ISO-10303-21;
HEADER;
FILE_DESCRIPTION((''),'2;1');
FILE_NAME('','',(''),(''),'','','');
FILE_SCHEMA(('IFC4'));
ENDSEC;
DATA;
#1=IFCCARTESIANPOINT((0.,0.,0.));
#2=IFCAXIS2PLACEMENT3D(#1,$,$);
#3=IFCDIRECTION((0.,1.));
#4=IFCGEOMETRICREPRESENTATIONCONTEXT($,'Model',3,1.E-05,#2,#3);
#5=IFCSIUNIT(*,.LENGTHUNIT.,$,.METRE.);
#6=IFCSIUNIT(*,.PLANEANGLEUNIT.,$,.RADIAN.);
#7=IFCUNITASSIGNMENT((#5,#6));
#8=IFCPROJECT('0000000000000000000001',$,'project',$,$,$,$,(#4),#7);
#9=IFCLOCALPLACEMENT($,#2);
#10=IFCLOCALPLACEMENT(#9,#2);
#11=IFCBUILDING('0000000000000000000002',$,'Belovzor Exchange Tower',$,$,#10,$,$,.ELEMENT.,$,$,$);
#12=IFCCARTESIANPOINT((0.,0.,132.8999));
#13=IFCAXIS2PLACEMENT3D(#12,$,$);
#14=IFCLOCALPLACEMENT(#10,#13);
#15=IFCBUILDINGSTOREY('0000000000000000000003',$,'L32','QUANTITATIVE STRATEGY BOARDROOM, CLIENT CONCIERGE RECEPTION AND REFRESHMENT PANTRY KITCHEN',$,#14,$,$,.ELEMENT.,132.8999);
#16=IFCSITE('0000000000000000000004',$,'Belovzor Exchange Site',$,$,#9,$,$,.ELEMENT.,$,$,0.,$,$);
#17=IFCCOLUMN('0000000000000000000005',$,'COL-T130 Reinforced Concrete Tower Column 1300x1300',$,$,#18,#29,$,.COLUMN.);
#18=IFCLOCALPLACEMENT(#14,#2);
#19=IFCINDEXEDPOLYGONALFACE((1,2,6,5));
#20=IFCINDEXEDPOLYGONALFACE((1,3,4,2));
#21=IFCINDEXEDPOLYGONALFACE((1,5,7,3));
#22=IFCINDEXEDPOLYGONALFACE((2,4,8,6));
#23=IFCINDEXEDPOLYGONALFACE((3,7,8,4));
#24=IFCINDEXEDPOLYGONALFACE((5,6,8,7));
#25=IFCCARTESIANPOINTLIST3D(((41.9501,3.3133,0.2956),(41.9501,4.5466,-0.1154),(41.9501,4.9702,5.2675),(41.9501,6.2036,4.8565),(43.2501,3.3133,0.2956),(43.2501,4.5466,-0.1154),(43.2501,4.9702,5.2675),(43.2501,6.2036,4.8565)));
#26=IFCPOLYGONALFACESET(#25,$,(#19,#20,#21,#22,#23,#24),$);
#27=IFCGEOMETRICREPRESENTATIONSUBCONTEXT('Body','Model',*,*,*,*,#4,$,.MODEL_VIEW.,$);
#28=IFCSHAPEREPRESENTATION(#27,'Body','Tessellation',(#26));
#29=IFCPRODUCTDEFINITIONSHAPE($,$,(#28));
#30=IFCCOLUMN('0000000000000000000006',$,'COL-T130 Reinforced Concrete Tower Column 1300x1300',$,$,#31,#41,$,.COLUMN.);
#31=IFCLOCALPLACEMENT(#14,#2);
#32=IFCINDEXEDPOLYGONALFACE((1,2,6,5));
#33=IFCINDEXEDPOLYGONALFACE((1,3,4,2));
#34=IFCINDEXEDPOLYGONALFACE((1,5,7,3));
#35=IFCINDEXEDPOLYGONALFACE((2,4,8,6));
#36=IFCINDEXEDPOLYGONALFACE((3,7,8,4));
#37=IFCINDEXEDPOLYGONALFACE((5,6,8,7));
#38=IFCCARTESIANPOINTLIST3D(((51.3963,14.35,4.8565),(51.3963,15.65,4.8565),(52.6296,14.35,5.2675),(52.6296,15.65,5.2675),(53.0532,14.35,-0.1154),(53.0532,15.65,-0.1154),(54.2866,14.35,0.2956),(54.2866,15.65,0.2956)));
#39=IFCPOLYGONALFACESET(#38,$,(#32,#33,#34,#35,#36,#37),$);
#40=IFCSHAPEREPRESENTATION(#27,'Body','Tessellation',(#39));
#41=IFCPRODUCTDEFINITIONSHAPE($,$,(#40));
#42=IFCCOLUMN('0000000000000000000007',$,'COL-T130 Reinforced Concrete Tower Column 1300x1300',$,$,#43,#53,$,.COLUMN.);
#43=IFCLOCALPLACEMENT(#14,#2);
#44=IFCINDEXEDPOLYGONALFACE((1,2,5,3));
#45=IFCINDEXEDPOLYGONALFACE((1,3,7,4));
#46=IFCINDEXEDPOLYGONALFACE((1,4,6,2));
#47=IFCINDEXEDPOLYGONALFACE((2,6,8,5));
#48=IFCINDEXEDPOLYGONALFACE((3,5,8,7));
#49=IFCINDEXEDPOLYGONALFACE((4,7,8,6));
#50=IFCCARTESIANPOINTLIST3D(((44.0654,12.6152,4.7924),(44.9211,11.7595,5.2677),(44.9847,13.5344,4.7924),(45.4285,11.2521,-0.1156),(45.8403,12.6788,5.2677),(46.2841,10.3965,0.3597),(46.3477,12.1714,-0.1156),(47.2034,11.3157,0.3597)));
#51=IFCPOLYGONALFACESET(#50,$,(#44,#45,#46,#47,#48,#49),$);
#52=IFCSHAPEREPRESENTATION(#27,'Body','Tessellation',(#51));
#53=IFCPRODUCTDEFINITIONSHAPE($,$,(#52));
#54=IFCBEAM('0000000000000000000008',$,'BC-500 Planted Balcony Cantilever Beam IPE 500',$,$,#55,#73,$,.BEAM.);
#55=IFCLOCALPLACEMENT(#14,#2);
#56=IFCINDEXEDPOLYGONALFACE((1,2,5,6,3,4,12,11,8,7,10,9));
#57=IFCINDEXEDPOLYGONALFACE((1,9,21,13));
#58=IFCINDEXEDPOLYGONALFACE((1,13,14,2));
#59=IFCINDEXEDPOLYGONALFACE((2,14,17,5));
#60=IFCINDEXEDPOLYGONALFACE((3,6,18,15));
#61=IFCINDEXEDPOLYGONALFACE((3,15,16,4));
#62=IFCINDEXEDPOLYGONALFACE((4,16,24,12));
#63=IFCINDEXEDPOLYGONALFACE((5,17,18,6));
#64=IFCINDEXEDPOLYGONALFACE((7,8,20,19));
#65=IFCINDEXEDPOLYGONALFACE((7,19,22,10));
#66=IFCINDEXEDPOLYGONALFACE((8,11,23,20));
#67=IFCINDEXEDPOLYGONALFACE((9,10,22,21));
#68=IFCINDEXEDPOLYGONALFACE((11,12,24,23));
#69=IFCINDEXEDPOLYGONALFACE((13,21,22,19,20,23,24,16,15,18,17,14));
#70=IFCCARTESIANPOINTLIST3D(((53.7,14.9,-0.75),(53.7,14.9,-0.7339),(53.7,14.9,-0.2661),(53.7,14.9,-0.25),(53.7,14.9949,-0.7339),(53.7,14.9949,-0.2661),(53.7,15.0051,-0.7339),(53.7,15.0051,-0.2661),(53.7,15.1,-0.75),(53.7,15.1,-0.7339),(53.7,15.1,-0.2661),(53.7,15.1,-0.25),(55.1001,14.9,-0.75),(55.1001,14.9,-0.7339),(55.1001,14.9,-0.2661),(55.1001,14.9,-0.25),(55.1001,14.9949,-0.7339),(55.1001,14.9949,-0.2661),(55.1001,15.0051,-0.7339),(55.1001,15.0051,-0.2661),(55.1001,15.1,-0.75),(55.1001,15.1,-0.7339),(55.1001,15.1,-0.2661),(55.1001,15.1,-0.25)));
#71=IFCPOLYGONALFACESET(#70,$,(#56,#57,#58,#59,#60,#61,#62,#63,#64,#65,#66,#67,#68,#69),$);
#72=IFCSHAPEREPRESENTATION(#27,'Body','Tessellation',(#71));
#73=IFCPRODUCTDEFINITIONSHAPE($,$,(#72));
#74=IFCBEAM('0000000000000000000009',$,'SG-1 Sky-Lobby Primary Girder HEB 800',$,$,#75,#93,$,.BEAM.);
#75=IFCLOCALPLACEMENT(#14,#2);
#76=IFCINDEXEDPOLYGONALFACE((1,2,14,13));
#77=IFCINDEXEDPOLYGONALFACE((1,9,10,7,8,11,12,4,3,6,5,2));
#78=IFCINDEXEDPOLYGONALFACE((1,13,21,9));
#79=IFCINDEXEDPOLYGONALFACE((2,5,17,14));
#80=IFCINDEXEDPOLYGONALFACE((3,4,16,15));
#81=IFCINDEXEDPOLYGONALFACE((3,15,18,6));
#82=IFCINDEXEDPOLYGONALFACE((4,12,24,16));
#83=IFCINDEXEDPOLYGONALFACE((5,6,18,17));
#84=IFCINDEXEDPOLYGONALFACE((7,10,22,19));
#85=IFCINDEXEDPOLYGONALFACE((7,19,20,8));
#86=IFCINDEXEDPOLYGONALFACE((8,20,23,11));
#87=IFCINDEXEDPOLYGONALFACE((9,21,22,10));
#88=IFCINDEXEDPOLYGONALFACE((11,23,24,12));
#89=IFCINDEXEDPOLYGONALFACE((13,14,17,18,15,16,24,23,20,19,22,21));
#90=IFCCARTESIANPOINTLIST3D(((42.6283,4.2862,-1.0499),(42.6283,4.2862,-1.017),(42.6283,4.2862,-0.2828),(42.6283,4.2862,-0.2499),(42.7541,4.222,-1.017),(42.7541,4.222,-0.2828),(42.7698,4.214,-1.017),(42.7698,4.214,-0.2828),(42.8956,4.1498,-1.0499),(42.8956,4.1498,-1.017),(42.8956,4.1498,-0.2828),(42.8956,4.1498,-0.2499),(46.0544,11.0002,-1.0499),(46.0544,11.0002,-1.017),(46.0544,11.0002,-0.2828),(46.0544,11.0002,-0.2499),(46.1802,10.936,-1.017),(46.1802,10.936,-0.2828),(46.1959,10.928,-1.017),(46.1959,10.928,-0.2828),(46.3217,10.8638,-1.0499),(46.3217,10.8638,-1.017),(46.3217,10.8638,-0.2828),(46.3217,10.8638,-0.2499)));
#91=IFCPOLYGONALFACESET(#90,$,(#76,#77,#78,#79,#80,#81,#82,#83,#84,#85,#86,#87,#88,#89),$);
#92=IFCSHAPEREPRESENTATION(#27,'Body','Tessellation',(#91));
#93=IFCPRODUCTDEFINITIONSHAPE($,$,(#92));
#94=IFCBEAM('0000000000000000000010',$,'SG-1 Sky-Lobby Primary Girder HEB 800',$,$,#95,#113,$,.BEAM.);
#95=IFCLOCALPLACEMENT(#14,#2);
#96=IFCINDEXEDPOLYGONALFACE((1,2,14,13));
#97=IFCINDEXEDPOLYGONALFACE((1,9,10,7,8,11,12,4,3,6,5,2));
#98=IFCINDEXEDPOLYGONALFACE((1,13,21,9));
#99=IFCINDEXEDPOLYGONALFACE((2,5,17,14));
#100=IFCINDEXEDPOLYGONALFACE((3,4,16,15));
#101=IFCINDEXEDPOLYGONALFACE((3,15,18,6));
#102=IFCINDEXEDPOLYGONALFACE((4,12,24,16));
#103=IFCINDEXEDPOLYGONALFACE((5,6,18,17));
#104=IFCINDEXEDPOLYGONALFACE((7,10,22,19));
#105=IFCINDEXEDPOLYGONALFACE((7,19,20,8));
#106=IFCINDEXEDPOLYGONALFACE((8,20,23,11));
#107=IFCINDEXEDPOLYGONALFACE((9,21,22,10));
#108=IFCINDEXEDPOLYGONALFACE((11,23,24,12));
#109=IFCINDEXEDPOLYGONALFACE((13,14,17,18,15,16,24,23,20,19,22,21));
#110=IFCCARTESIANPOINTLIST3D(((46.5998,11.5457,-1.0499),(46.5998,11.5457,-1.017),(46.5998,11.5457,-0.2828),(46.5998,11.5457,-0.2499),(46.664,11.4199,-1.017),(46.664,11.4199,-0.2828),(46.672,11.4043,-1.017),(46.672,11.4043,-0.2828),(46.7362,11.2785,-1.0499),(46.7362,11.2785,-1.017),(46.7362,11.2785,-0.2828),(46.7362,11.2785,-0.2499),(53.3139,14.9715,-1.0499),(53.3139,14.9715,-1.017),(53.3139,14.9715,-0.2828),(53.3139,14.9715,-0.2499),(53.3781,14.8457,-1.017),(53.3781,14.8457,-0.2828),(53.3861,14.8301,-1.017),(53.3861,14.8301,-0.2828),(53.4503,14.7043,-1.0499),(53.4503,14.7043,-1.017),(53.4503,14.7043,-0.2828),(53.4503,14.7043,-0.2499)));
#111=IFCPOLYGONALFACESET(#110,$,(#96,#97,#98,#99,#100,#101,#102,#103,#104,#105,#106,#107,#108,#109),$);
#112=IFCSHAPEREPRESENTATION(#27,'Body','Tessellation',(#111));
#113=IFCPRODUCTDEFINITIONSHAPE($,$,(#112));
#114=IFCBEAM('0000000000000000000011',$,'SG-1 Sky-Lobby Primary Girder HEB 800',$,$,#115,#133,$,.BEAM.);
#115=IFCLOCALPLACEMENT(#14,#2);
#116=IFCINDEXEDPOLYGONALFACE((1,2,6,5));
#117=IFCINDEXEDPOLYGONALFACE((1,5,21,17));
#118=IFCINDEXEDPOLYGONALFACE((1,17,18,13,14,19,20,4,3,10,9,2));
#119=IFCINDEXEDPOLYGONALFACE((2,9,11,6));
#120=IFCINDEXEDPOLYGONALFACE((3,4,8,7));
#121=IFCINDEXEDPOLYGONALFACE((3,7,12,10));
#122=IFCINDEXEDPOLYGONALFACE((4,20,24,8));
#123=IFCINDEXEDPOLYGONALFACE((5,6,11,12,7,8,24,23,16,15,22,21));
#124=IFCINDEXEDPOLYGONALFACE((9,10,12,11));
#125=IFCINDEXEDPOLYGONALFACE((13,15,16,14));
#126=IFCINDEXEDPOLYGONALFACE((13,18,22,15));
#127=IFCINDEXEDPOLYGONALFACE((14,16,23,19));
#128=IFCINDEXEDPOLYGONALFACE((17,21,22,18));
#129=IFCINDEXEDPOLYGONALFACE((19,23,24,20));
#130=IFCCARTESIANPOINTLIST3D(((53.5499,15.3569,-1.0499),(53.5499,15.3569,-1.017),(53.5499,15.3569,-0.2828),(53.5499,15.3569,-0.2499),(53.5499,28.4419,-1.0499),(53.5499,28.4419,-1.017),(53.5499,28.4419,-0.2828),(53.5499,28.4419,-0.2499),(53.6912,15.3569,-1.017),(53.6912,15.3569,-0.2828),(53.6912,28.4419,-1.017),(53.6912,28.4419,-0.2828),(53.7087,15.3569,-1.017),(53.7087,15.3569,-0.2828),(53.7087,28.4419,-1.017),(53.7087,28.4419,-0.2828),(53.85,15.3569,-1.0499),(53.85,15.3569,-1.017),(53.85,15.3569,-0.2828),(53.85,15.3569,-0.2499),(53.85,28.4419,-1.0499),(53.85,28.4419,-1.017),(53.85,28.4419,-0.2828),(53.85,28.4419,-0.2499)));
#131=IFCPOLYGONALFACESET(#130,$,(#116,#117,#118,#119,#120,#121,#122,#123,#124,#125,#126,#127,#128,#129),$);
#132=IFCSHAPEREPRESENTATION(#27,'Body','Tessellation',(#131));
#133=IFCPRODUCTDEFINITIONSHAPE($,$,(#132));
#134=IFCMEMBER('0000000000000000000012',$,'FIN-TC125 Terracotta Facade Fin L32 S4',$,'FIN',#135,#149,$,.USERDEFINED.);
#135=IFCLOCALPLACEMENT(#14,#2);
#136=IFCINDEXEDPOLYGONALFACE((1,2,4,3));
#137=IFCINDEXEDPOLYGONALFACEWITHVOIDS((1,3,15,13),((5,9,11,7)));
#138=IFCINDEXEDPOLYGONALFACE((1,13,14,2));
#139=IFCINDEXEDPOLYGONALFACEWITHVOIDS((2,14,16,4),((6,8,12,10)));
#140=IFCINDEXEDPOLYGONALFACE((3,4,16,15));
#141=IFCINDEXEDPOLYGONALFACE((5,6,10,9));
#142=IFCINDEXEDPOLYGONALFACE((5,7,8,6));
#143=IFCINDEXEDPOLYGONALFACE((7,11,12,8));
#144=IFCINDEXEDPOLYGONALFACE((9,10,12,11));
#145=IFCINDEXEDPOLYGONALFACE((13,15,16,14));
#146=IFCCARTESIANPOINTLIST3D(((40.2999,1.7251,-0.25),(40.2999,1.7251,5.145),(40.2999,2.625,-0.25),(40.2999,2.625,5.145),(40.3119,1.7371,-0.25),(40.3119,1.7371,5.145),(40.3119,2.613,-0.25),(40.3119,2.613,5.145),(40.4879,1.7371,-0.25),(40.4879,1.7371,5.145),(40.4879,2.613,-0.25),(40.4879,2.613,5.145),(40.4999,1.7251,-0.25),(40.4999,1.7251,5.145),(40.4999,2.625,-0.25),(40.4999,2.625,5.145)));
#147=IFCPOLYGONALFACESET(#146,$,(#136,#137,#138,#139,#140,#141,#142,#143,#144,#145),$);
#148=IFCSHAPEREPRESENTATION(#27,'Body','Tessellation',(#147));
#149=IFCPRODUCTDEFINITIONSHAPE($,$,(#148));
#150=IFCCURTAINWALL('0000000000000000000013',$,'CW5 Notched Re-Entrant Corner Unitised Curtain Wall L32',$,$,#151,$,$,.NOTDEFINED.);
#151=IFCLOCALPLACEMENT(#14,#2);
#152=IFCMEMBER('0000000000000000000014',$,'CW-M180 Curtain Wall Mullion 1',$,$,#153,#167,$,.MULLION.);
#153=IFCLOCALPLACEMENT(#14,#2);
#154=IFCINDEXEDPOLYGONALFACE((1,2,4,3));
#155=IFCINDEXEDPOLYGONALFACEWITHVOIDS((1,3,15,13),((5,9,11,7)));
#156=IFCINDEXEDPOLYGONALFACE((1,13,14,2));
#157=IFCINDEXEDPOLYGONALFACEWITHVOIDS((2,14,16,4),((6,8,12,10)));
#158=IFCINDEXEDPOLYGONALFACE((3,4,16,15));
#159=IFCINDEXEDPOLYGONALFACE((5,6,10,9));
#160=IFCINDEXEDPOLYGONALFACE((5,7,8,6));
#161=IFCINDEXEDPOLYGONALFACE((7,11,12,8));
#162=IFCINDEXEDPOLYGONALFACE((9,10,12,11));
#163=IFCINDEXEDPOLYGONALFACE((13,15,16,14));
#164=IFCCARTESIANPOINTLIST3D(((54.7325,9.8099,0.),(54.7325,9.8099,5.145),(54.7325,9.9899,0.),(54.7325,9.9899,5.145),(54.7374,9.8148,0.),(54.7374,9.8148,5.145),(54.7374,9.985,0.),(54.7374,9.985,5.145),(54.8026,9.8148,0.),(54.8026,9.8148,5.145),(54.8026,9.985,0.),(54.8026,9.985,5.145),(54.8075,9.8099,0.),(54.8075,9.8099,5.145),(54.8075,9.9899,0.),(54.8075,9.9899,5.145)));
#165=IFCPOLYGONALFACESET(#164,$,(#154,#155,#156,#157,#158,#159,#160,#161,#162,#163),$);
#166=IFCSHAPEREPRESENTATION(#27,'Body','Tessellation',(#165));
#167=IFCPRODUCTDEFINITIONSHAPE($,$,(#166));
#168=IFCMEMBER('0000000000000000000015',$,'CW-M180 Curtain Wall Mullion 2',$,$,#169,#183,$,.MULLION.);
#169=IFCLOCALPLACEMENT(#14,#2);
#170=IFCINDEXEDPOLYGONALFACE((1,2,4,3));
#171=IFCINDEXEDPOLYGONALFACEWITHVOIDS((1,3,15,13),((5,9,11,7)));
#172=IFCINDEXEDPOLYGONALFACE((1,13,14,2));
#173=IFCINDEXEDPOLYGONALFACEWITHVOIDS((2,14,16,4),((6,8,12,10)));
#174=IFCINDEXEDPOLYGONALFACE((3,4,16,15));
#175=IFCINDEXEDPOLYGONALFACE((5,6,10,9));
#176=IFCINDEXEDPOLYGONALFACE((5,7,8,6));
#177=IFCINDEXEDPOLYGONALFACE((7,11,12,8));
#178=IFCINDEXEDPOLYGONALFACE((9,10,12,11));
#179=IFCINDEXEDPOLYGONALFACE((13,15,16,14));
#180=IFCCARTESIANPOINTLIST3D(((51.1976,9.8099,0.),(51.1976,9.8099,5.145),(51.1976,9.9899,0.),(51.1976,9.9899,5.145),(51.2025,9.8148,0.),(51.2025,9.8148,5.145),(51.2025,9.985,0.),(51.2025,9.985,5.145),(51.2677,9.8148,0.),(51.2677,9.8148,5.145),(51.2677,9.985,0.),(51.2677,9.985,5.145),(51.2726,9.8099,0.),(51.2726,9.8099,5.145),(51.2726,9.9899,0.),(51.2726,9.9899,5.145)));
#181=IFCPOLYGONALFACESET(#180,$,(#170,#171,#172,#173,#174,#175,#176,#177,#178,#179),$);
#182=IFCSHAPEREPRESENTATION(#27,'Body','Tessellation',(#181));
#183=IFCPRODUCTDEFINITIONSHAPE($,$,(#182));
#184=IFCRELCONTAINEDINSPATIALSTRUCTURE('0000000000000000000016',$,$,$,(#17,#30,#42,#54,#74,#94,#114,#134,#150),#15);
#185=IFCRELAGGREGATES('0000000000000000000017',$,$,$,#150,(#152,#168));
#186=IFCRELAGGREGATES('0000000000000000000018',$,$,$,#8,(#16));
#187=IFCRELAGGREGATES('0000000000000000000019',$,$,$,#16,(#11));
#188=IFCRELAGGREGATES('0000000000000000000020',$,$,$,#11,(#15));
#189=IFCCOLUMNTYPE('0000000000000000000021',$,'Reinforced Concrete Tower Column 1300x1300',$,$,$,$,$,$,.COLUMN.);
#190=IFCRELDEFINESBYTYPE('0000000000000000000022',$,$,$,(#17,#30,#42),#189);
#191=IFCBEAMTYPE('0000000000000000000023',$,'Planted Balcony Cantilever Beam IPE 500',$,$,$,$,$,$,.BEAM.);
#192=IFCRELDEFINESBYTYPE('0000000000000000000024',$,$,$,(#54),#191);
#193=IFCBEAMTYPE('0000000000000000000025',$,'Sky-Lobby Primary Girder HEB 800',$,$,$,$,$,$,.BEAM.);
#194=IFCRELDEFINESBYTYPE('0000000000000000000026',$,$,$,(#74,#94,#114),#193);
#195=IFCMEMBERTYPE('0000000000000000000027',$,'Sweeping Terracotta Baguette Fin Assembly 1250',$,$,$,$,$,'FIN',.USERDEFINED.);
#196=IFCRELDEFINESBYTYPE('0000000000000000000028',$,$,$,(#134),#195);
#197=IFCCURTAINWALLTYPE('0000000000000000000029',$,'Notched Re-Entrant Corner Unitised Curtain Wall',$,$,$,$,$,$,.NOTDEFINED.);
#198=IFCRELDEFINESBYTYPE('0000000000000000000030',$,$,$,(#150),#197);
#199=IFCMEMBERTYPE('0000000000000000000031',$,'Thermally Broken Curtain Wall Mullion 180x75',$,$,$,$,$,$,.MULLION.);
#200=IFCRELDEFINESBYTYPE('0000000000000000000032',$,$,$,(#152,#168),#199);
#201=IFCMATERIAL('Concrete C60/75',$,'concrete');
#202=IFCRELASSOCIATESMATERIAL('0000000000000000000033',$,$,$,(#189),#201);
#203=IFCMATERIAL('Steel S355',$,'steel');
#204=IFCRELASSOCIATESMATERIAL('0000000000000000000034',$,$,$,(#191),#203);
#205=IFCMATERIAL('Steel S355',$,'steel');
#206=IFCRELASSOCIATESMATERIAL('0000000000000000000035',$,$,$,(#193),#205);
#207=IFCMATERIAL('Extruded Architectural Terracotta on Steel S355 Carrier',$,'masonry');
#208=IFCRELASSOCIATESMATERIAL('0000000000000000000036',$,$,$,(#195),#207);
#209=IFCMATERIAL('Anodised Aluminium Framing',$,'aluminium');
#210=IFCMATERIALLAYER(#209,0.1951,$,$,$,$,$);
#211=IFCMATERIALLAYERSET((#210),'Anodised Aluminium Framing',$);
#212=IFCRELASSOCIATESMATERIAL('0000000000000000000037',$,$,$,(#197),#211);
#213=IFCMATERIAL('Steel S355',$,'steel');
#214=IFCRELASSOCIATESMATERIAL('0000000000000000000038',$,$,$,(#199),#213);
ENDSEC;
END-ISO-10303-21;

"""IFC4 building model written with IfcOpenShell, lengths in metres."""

from ifc_helpers import new_model, si_unit, direction, frame, origin, origin_2d, place, context, subcontext, project, spatial, rectangle, hollow_rectangle, i_section, extrude, material, layer, layer_set, material_profile, profile_set, type_object, element, aggregate, save


model = new_model("IFC4")

# Units and contexts
model_context = context("Model", 3, precision=1e-05, world=origin(), true_north=direction((0.0, 1.0)))
body_context = subcontext(model_context, "Body", "Model", "MODEL_VIEW")
ifc_project = project(units=[si_unit("LENGTHUNIT", "METRE"), si_unit("PLANEANGLEUNIT", "RADIAN")], contexts=[model_context])

# Site, building, storey
site_placement = place(None, origin())
site = spatial("IfcSite", under=ifc_project, at=site_placement, Name="Belovzor Exchange Site", CompositionType="ELEMENT", RefElevation=0.0)
building_placement = place(site_placement, origin())
building = spatial("IfcBuilding", under=site, at=building_placement, Name="Belovzor Exchange Tower", CompositionType="ELEMENT")
storey_placement = place(building_placement, frame((0.0, 0.0, 132.8999)))
storey = spatial("IfcBuildingStorey", under=building, at=storey_placement, Name="L32", Description="QUANTITATIVE STRATEGY BOARDROOM, CLIENT CONCIERGE RECEPTION AND REFRESHMENT PANTRY KITCHEN", CompositionType="ELEMENT", Elevation=132.8999)

# Columns
ifc_material_1 = material(Name="Concrete C60/75", Category="concrete")
ifc_material_profile_1 = material_profile(ifc_material_1, rectangle(XDim=1.3, YDim=1.3, at=origin_2d()))
ifc_profile_set_1 = profile_set([ifc_material_profile_1], Name="Concrete C60/75")
column_type = type_object("IfcColumnType", Name="Reinforced Concrete Tower Column 1300x1300", PredefinedType="COLUMN", material=ifc_profile_set_1)
for number, where, z_axis, x_axis, name in (
    (1, (42.6001, 3.9299, 0.0901), (0.0, 0.316172, 0.948702), (-1.0, 0.0, 0.0), "COL-T130 Reinforced Concrete Tower Column 1300x1300"),
    (2, (53.6699, 15.0, 0.0901), (-0.316172, 0.0, 0.948702), (0.0, -1.0, 0.0), "COL-T130 Reinforced Concrete Tower Column 1300x1300"),
):
    element("IfcColumn", number, at=place(storey_placement, frame(where, z_axis=z_axis, x_axis=x_axis)), inside=storey, type_object=column_type, Name=name, PredefinedType="COLUMN", context=body_context, shape_type="SweptSolid", body=[
        extrude(rectangle(XDim=1.3, YDim=1.3, at=origin_2d()), origin(), (0.0, 0.0, 1.0), 5.2407),
    ])
column_placement = place(storey_placement, frame((46.3159, 11.2839, 0.1221), z_axis=(-0.258497, 0.258497, 0.930784), x_axis=(-0.707107, -0.707107, 0.0)))
element("IfcColumn", 3, at=column_placement, inside=storey, type_object=column_type, Name="COL-T130 Reinforced Concrete Tower Column 1300x1300", PredefinedType="COLUMN", context=body_context, shape_type="SweptSolid", body=[
    extrude(rectangle(XDim=1.3, YDim=1.3, at=origin_2d()), origin(), (0.0, 0.0, 1.0), 5.2729),
])

# Beams
ifc_material_2 = material(Name="Steel S355", Category="steel")
ifc_material_profile_2 = material_profile(ifc_material_2, i_section(OverallWidth=0.2, OverallDepth=0.5, WebThickness=0.0103, FlangeThickness=0.0161, at=origin_2d()))
ifc_profile_set_2 = profile_set([ifc_material_profile_2], Name="Steel S355")
beam_type_1 = type_object("IfcBeamType", Name="Planted Balcony Cantilever Beam IPE 500", PredefinedType="BEAM", material=ifc_profile_set_2)
beam_1_placement = place(storey_placement, frame((53.7, 15.0, -0.5), z_axis=(1.0, 0.0, 0.0), x_axis=(0.0, 1.0, 0.0)))
element("IfcBeam", 4, at=beam_1_placement, inside=storey, type_object=beam_type_1, Name="BC-500 Planted Balcony Cantilever Beam IPE 500", PredefinedType="BEAM", context=body_context, shape_type="SweptSolid", body=[
    extrude(i_section(OverallWidth=0.2, OverallDepth=0.5, WebThickness=0.0103, FlangeThickness=0.0161, at=origin_2d()), origin(), (0.0, 0.0, 1.0), 1.4001),
])
ifc_material_3 = material(Name="Steel S355", Category="steel")
ifc_material_profile_3 = material_profile(ifc_material_3, i_section(OverallWidth=0.3, OverallDepth=0.8, WebThickness=0.0176, FlangeThickness=0.033, at=origin_2d()))
ifc_profile_set_3 = profile_set([ifc_material_profile_3], Name="Steel S355")
beam_type_2 = type_object("IfcBeamType", Name="Sky-Lobby Primary Girder HEB 800", PredefinedType="BEAM", material=ifc_profile_set_3)
for number, where, z_axis, x_axis, name in (
    (5, (42.762, 4.218, -0.6499), (0.454532, 0.890731, 0.0), (-0.890731, 0.454532, 0.0), "SG-1 Sky-Lobby Primary Girder HEB 800"),
    (6, (46.668, 11.4121, -0.6499), (0.89075, 0.454493, 0.0), (-0.454493, 0.89075, 0.0), "SG-1 Sky-Lobby Primary Girder HEB 800"),
):
    element("IfcBeam", number, at=place(storey_placement, frame(where, z_axis=z_axis, x_axis=x_axis)), inside=storey, type_object=beam_type_2, Name=name, PredefinedType="BEAM", context=body_context, shape_type="SweptSolid", body=[
        extrude(i_section(OverallWidth=0.3, OverallDepth=0.8, WebThickness=0.0176, FlangeThickness=0.033, at=origin_2d()), origin(), (0.0, 0.0, 1.0), 7.5376),
    ])
beam_2_placement = place(storey_placement, frame((53.7, 15.3569, -0.6499), z_axis=(0.0, 1.0, 0.0), x_axis=(-1.0, 0.0, 0.0)))
element("IfcBeam", 7, at=beam_2_placement, inside=storey, type_object=beam_type_2, Name="SG-1 Sky-Lobby Primary Girder HEB 800", PredefinedType="BEAM", context=body_context, shape_type="SweptSolid", body=[
    extrude(i_section(OverallWidth=0.3, OverallDepth=0.8, WebThickness=0.0176, FlangeThickness=0.033, at=origin_2d()), origin(), (0.0, 0.0, 1.0), 13.085),
])

# Member
ifc_material_4 = material(Name="Extruded Architectural Terracotta on Steel S355 Carrier", Category="masonry")
ifc_material_profile_4 = material_profile(ifc_material_4, hollow_rectangle(XDim=0.2, YDim=0.8999, WallThickness=0.012, at=origin_2d()))
ifc_profile_set_4 = profile_set([ifc_material_profile_4], Name="Extruded Architectural Terracotta on Steel S355 Carrier")
member_type_1 = type_object("IfcMemberType", Name="Sweeping Terracotta Baguette Fin Assembly 1250", ElementType="FIN", PredefinedType="USERDEFINED", material=ifc_profile_set_4)
member_1_placement = place(storey_placement, frame((40.3999, 2.175, -0.25), z_axis=(0.0, 0.0, 1.0), x_axis=(1.0, 0.0, 0.0)))
element("IfcMember", 8, at=member_1_placement, inside=storey, type_object=member_type_1, Name="FIN-TC125 Terracotta Facade Fin L32 S4", ObjectType="FIN", PredefinedType="USERDEFINED", context=body_context, shape_type="SweptSolid", body=[
    extrude(hollow_rectangle(XDim=0.2, YDim=0.8999, WallThickness=0.012, at=origin_2d()), origin(), (0.0, 0.0, 1.0), 5.395),
])

# Curtain wall, members
ifc_material_5 = material(Name="Anodised Aluminium Framing", Category="aluminium")
ifc_layer_1 = layer(ifc_material_5, 0.1951)
ifc_layer_set_1 = layer_set([ifc_layer_1], Name="Anodised Aluminium Framing")
curtain_wall_type = type_object("IfcCurtainWallType", Name="Notched Re-Entrant Corner Unitised Curtain Wall", PredefinedType="NOTDEFINED", material=ifc_layer_set_1)
curtain_wall_placement = place(storey_placement, origin())
curtain_wall = element("IfcCurtainWall", 9, at=curtain_wall_placement, inside=storey, type_object=curtain_wall_type, Name="CW5 Notched Re-Entrant Corner Unitised Curtain Wall L32", PredefinedType="NOTDEFINED")
ifc_material_6 = material(Name="Steel S355", Category="steel")
ifc_material_profile_5 = material_profile(ifc_material_6, hollow_rectangle(XDim=0.075, YDim=0.1799, WallThickness=0.0049, at=origin_2d()))
ifc_profile_set_5 = profile_set([ifc_material_profile_5], Name="Steel S355")
member_type_2 = type_object("IfcMemberType", Name="Thermally Broken Curtain Wall Mullion 180x75", PredefinedType="MULLION", material=ifc_profile_set_5)
member_2_placement = place(storey_placement, frame((54.77, 9.8999, 0.0), z_axis=(0.0, 0.0, 1.0), x_axis=(-1.0, 0.0, 0.0)))
member_2 = element("IfcMember", 10, at=member_2_placement, type_object=member_type_2, Name="CW-M180 Curtain Wall Mullion 1", PredefinedType="MULLION", context=body_context, shape_type="SweptSolid", body=[
    extrude(hollow_rectangle(XDim=0.075, YDim=0.1799, WallThickness=0.0049, at=origin_2d()), origin(), (0.0, 0.0, 1.0), 5.145),
])
member_3_placement = place(storey_placement, frame((51.2351, 9.8999, 0.0), z_axis=(0.0, 0.0, 1.0), x_axis=(-1.0, 0.0, 0.0)))
member_3 = element("IfcMember", 11, at=member_3_placement, type_object=member_type_2, Name="CW-M180 Curtain Wall Mullion 2", PredefinedType="MULLION", context=body_context, shape_type="SweptSolid", body=[
    extrude(hollow_rectangle(XDim=0.075, YDim=0.1799, WallThickness=0.0049, at=origin_2d()), origin(), (0.0, 0.0, 1.0), 5.145),
])
aggregate(curtain_wall, [member_2, member_3])

save(model, "model.ifc")
